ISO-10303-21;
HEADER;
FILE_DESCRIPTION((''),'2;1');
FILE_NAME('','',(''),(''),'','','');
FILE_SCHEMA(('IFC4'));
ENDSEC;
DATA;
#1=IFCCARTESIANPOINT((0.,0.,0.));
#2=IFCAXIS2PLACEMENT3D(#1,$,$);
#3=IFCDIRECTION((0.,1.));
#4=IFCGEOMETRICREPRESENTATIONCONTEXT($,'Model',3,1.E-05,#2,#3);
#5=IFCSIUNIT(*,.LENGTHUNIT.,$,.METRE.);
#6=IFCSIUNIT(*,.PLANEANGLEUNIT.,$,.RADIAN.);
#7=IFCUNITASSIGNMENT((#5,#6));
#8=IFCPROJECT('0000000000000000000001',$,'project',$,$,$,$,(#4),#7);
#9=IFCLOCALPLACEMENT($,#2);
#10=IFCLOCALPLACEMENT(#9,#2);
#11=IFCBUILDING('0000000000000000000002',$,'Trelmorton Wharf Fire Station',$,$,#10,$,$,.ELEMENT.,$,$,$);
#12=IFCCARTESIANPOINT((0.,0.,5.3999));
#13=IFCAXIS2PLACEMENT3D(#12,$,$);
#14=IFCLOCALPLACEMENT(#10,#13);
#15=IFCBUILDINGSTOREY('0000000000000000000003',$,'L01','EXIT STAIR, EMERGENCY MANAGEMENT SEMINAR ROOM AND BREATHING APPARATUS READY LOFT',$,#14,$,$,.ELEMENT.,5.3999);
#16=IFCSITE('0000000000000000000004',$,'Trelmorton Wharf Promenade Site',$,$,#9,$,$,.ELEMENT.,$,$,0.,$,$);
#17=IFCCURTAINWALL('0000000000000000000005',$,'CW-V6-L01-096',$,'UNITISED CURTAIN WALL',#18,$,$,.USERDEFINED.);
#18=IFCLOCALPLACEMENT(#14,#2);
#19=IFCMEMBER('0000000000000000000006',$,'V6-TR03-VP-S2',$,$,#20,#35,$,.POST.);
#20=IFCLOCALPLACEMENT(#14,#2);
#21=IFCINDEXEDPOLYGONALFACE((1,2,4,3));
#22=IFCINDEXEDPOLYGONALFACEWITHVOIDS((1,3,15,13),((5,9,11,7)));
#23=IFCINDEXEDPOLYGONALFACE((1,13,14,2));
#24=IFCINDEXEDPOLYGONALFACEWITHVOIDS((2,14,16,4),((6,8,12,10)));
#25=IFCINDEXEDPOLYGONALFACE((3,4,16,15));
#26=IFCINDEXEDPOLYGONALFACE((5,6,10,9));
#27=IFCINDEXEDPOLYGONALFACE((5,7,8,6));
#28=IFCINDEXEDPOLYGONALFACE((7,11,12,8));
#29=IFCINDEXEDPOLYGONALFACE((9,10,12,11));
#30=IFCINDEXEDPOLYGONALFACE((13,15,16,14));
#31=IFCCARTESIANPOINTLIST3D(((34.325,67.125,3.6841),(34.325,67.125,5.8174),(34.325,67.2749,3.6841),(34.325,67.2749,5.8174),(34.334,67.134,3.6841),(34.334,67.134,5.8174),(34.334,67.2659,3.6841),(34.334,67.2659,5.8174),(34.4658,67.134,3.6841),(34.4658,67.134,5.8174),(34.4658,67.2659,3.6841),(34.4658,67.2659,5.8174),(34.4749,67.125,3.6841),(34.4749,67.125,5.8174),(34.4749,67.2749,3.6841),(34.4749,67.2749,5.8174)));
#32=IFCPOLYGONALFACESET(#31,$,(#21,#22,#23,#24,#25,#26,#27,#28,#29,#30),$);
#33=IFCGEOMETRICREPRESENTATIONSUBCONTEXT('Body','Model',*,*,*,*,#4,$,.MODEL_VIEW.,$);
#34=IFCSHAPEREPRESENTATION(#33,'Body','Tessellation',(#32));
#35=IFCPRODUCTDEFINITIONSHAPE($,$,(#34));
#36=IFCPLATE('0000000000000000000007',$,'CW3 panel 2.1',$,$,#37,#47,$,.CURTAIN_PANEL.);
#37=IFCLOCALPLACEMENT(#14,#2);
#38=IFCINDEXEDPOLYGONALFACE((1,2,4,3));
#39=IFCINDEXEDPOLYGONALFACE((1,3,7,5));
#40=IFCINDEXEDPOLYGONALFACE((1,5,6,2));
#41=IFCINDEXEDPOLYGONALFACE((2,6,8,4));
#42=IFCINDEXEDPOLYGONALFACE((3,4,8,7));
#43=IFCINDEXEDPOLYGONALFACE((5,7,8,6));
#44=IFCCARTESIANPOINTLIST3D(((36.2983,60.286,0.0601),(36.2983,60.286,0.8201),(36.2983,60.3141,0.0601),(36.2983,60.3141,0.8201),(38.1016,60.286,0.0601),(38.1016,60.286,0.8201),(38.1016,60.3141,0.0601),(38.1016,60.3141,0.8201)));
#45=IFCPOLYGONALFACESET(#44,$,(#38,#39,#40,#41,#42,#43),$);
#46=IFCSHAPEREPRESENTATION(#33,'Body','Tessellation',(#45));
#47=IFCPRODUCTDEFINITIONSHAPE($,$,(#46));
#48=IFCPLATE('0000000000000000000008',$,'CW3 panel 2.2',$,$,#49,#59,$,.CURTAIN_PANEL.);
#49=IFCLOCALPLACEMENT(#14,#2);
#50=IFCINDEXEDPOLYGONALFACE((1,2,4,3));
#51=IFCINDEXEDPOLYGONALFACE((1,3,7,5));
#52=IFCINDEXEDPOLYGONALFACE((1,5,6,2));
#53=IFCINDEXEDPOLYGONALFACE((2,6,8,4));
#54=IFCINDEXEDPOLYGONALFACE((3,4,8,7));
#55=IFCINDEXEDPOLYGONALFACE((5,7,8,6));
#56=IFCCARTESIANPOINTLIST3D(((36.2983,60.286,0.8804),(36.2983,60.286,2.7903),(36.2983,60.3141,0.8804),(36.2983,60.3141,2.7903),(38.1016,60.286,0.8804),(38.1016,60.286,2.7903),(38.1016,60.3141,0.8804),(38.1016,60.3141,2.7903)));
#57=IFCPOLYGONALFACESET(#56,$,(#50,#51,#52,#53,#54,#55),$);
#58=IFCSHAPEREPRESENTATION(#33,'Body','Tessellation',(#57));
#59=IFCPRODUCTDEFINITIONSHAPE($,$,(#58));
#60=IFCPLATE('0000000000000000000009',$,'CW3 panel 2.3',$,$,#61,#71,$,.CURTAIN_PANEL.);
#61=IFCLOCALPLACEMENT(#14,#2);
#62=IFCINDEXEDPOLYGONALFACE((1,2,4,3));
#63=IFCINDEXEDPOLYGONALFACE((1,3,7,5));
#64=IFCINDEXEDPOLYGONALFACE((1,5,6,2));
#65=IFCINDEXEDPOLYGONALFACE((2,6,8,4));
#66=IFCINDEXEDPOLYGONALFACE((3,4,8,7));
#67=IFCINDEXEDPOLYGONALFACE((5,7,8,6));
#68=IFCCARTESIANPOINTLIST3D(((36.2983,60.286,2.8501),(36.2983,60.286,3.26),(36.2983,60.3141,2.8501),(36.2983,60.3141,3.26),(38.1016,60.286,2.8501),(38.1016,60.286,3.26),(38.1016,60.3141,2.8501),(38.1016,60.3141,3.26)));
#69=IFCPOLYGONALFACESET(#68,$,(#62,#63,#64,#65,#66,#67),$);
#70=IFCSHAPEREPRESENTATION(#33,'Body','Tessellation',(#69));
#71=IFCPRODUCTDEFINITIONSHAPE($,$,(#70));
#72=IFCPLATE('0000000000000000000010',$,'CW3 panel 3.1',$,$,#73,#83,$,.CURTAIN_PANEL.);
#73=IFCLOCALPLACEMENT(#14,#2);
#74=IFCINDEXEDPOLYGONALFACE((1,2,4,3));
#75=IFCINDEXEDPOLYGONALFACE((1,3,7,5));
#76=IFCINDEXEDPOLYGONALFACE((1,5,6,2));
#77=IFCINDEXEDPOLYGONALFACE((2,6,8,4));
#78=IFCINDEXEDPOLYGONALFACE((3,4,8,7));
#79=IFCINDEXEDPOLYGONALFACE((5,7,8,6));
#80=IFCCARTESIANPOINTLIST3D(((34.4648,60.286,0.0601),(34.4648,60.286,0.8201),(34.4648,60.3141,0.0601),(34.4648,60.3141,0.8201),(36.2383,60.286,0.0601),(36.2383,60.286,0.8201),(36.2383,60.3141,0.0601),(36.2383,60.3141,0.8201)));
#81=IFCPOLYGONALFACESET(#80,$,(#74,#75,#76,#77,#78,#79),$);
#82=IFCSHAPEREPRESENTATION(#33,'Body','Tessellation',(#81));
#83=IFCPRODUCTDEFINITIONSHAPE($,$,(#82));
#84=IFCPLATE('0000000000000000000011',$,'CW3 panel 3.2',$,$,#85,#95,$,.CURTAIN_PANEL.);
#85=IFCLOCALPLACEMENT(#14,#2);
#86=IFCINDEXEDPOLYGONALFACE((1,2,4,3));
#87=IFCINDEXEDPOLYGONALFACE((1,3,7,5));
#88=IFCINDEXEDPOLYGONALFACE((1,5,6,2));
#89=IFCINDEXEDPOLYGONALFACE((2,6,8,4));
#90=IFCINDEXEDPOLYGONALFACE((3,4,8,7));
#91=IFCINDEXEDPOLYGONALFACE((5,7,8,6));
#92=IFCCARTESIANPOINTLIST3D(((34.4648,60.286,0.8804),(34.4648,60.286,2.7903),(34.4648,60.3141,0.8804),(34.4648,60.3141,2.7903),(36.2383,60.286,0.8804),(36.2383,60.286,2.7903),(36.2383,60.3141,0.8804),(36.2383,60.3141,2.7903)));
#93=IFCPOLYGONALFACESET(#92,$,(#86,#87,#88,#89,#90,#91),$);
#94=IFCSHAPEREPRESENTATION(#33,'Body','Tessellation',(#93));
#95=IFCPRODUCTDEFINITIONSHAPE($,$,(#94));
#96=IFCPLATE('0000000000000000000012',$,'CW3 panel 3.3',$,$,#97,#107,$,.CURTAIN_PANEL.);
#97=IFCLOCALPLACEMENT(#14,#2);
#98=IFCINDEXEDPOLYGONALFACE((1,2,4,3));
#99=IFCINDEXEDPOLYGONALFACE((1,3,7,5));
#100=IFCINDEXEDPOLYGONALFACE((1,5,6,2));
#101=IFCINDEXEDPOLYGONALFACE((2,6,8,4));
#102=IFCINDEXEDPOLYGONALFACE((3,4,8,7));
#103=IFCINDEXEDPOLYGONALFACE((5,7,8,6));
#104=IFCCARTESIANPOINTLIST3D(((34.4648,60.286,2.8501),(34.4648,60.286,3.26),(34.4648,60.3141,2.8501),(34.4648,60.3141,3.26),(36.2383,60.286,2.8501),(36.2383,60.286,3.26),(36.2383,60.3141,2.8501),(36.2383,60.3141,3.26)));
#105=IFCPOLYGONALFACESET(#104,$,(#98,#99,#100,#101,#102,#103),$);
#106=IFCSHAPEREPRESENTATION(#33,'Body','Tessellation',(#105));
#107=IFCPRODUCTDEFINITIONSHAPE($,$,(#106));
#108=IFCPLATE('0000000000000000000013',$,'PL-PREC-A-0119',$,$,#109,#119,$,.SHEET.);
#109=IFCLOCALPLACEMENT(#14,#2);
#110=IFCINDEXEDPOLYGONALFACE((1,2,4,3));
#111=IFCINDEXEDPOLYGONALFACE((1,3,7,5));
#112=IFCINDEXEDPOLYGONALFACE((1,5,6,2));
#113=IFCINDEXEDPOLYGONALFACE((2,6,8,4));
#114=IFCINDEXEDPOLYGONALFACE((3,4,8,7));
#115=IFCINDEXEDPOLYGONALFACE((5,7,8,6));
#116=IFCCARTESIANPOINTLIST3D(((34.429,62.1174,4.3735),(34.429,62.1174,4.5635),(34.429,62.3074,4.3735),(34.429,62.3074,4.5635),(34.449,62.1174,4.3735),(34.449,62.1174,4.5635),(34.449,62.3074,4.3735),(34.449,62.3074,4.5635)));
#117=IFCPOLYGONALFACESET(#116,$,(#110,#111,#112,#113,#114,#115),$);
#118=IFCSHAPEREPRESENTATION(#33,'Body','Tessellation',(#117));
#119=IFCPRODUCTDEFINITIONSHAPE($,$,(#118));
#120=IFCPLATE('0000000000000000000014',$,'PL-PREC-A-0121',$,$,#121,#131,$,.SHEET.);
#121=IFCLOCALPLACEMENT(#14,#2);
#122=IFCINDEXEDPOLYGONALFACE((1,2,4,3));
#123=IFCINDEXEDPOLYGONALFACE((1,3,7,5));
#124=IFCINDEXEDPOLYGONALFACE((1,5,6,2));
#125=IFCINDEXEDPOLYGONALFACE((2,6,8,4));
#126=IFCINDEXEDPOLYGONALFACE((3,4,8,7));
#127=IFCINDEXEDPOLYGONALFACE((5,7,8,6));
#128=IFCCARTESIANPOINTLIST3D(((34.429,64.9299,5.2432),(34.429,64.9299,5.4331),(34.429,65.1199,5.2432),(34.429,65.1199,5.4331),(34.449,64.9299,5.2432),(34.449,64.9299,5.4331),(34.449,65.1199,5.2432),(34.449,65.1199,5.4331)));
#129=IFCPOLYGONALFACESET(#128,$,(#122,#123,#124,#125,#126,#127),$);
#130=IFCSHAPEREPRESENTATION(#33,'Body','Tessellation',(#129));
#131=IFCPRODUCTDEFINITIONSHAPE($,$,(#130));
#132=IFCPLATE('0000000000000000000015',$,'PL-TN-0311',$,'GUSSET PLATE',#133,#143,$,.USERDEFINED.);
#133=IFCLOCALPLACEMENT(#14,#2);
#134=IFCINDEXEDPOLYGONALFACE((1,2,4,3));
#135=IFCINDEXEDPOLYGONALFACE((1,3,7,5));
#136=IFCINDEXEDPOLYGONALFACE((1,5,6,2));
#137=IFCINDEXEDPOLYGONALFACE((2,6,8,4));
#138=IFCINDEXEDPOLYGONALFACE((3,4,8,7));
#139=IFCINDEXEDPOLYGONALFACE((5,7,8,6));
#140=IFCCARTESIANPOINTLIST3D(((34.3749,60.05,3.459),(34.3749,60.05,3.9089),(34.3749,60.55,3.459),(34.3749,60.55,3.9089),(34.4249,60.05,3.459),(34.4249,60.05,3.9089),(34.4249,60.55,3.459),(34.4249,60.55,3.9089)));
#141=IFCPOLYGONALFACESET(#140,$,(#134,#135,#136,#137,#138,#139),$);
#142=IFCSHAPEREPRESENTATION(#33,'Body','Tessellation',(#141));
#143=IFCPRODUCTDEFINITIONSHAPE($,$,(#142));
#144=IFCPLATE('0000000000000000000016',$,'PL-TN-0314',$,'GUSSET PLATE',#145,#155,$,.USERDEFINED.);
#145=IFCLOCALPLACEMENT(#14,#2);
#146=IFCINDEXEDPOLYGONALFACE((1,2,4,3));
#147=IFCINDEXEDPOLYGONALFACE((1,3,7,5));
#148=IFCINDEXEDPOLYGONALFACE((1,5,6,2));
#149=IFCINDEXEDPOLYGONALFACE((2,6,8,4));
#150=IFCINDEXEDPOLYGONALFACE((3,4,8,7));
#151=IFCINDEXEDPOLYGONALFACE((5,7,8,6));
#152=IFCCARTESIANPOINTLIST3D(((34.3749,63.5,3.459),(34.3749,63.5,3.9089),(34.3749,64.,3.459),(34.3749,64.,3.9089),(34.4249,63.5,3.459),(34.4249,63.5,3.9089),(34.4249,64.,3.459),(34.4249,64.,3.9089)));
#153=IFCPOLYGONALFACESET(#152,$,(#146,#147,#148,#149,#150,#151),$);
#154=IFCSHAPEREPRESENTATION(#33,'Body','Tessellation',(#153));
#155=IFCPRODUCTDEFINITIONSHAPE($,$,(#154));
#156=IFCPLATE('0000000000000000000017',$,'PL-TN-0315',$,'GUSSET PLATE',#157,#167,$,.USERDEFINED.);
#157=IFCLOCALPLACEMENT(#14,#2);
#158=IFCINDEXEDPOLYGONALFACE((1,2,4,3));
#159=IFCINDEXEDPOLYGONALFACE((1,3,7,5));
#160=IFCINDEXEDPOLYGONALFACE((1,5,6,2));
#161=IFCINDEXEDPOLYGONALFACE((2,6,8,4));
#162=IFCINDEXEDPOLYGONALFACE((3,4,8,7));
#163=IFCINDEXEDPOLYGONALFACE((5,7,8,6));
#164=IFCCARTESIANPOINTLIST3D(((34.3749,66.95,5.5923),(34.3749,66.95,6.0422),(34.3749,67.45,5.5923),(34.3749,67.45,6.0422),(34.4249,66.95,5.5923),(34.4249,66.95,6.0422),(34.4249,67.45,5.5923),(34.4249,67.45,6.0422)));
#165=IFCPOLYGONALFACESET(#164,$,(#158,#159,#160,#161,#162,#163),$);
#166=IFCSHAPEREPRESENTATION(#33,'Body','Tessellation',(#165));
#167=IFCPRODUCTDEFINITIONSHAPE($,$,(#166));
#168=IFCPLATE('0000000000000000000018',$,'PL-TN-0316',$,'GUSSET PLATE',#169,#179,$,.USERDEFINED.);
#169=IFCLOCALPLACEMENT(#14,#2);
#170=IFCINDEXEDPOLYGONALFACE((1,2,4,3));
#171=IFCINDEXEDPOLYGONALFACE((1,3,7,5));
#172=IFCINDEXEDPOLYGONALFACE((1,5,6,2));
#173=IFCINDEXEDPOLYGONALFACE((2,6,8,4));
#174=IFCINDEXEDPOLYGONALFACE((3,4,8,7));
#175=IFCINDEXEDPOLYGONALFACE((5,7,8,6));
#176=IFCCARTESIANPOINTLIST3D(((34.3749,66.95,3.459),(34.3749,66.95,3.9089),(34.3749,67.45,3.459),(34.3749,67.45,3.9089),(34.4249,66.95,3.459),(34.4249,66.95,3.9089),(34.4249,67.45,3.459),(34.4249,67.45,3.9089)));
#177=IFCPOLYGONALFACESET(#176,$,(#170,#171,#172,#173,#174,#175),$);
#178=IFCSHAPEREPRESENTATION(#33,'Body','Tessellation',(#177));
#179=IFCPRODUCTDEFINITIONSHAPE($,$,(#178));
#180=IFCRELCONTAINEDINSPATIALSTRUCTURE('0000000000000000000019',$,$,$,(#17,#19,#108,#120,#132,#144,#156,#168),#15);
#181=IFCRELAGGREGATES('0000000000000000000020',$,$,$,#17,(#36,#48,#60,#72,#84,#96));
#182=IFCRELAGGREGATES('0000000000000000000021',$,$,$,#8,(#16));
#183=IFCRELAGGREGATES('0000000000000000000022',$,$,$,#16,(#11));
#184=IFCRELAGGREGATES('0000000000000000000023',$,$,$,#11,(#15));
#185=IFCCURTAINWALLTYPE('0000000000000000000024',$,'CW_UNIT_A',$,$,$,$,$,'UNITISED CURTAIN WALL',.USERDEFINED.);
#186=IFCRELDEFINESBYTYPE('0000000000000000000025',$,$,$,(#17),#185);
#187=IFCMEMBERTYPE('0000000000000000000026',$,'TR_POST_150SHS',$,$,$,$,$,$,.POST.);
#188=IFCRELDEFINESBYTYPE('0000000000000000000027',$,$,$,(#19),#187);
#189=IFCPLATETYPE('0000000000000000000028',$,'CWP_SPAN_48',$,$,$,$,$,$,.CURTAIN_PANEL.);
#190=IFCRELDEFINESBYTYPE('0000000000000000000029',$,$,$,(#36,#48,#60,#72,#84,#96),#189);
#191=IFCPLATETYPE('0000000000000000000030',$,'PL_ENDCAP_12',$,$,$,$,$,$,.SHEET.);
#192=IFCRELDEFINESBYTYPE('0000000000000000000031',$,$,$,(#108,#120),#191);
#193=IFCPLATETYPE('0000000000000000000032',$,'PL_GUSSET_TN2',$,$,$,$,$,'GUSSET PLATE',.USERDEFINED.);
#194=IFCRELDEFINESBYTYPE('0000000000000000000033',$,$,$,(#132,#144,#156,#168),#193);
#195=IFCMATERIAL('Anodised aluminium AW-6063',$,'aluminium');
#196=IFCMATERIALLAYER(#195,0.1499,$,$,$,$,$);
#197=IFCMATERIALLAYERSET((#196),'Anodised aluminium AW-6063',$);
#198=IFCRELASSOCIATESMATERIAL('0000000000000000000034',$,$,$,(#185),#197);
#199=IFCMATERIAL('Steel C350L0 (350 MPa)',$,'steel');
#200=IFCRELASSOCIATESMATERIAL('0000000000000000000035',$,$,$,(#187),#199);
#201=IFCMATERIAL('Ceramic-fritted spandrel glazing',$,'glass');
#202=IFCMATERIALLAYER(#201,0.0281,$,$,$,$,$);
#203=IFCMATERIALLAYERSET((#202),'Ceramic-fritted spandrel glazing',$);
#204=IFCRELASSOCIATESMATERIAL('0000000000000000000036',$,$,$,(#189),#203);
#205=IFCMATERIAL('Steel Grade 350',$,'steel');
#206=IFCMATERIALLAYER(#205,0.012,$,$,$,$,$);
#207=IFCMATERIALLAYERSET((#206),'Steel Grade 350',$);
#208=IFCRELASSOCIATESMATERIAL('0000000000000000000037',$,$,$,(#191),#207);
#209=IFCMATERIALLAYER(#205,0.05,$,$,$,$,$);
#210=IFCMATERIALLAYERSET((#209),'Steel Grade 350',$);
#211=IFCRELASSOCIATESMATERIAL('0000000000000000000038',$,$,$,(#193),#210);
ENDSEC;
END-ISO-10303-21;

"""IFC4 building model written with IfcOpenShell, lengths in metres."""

from ifc_helpers import new_model, si_unit, direction, frame, origin, origin_2d, place, context, subcontext, project, spatial, rectangle, hollow_rectangle, extrude, material, layer, layer_set, material_profile, profile_set, type_object, element, aggregate, save


model = new_model("IFC4")

# Units and contexts
model_context = context("Model", 3, precision=1e-05, world=origin(), true_north=direction((0.0, 1.0)))
body_context = subcontext(model_context, "Body", "Model", "MODEL_VIEW")
ifc_project = project(units=[si_unit("LENGTHUNIT", "METRE"), si_unit("PLANEANGLEUNIT", "RADIAN")], contexts=[model_context])

# Site, building, storey
site_placement = place(None, origin())
site = spatial("IfcSite", under=ifc_project, at=site_placement, Name="Trelmorton Wharf Promenade Site", CompositionType="ELEMENT", RefElevation=0.0)
building_placement = place(site_placement, origin())
building = spatial("IfcBuilding", under=site, at=building_placement, Name="Trelmorton Wharf Fire Station", CompositionType="ELEMENT")
storey_placement = place(building_placement, frame((0.0, 0.0, 5.3999)))
storey = spatial("IfcBuildingStorey", under=building, at=storey_placement, Name="L01", Description="EXIT STAIR, EMERGENCY MANAGEMENT SEMINAR ROOM AND BREATHING APPARATUS READY LOFT", CompositionType="ELEMENT", Elevation=5.3999)

# Shared definitions
ifc_material_1 = material(Name="Steel Grade 350", Category="steel")

# Curtain wall
ifc_material_2 = material(Name="Anodised aluminium AW-6063", Category="aluminium")
ifc_layer_1 = layer(ifc_material_2, 0.1499)
ifc_layer_set_1 = layer_set([ifc_layer_1], Name="Anodised aluminium AW-6063")
curtain_wall_type = type_object("IfcCurtainWallType", Name="CW_UNIT_A", ElementType="UNITISED CURTAIN WALL", PredefinedType="USERDEFINED", material=ifc_layer_set_1)
curtain_wall_placement = place(storey_placement, origin())
curtain_wall = element("IfcCurtainWall", 1, at=curtain_wall_placement, inside=storey, type_object=curtain_wall_type, Name="CW-V6-L01-096", ObjectType="UNITISED CURTAIN WALL", PredefinedType="USERDEFINED")

# Shared definitions
ifc_material_3 = material(Name="Steel C350L0 (350 MPa)", Category="steel")

# Member
ifc_material_profile_1 = material_profile(ifc_material_3, hollow_rectangle(XDim=0.1499, YDim=0.1499, WallThickness=0.009, at=origin_2d()), Name="150x150x9.0SHS")
ifc_profile_set_1 = profile_set([ifc_material_profile_1], Name="Steel C350L0 (350 MPa)")
member_type_1 = type_object("IfcMemberType", Name="TR_POST_150SHS", PredefinedType="POST", material=ifc_profile_set_1)
member_1_placement = place(storey_placement, frame((34.3999, 67.2, 3.6841), z_axis=(0.0, 0.0, 1.0), x_axis=(1.0, 0.0, 0.0)))
element("IfcMember", 2, at=member_1_placement, inside=storey, type_object=member_type_1, Name="V6-TR03-VP-S2", PredefinedType="POST", context=body_context, shape_type="SweptSolid", body=[
    extrude(hollow_rectangle(XDim=0.1499, YDim=0.1499, WallThickness=0.009, at=origin_2d()), origin(), (0.0, 0.0, 1.0), 2.1333),
])

# Plates
ifc_material_4 = material(Name="Ceramic-fritted spandrel glazing", Category="glass")
ifc_layer_2 = layer(ifc_material_4, 0.0281)
ifc_layer_set_2 = layer_set([ifc_layer_2], Name="Ceramic-fritted spandrel glazing")
plate_type_1 = type_object("IfcPlateType", Name="CWP_SPAN_48", PredefinedType="CURTAIN_PANEL", material=ifc_layer_set_2)
plate_1_placement = place(storey_placement, frame((37.2, 60.3, 0.0601), z_axis=(0.0, 0.0, 1.0), x_axis=(-1.0, 0.0, 0.0)))
plate_1 = element("IfcPlate", 3, at=plate_1_placement, type_object=plate_type_1, Name="CW3 panel 2.1", PredefinedType="CURTAIN_PANEL", context=body_context, shape_type="SweptSolid", body=[
    extrude(rectangle(XDim=1.8032, YDim=0.0281, at=origin_2d()), origin(), (0.0, 0.0, 1.0), 0.76),
])
plate_2_placement = place(storey_placement, frame((37.2, 60.3, 0.8804), z_axis=(0.0, 0.0, 1.0), x_axis=(-1.0, 0.0, 0.0)))
plate_2 = element("IfcPlate", 4, at=plate_2_placement, type_object=plate_type_1, Name="CW3 panel 2.2", PredefinedType="CURTAIN_PANEL", context=body_context, shape_type="SweptSolid", body=[
    extrude(rectangle(XDim=1.8032, YDim=0.0281, at=origin_2d()), origin(), (0.0, 0.0, 1.0), 1.9099),
])
plate_3_placement = place(storey_placement, frame((37.2, 60.3, 2.8501), z_axis=(0.0, 0.0, 1.0), x_axis=(-1.0, 0.0, 0.0)))
plate_3 = element("IfcPlate", 5, at=plate_3_placement, type_object=plate_type_1, Name="CW3 panel 2.3", PredefinedType="CURTAIN_PANEL", context=body_context, shape_type="SweptSolid", body=[
    extrude(rectangle(XDim=1.8032, YDim=0.0281, at=origin_2d()), origin(), (0.0, 0.0, 1.0), 0.4099),
])
plate_4_placement = place(storey_placement, frame((35.3516, 60.3, 0.0601), z_axis=(0.0, 0.0, 1.0), x_axis=(-1.0, 0.0, 0.0)))
plate_4 = element("IfcPlate", 6, at=plate_4_placement, type_object=plate_type_1, Name="CW3 panel 3.1", PredefinedType="CURTAIN_PANEL", context=body_context, shape_type="SweptSolid", body=[
    extrude(rectangle(XDim=1.7734, YDim=0.0281, at=origin_2d()), origin(), (0.0, 0.0, 1.0), 0.76),
])
plate_5_placement = place(storey_placement, frame((35.3516, 60.3, 0.8804), z_axis=(0.0, 0.0, 1.0), x_axis=(-1.0, 0.0, 0.0)))
plate_5 = element("IfcPlate", 7, at=plate_5_placement, type_object=plate_type_1, Name="CW3 panel 3.2", PredefinedType="CURTAIN_PANEL", context=body_context, shape_type="SweptSolid", body=[
    extrude(rectangle(XDim=1.7734, YDim=0.0281, at=origin_2d()), origin(), (0.0, 0.0, 1.0), 1.9099),
])
plate_6_placement = place(storey_placement, frame((35.3516, 60.3, 2.8501), z_axis=(0.0, 0.0, 1.0), x_axis=(-1.0, 0.0, 0.0)))
plate_6 = element("IfcPlate", 8, at=plate_6_placement, type_object=plate_type_1, Name="CW3 panel 3.3", PredefinedType="CURTAIN_PANEL", context=body_context, shape_type="SweptSolid", body=[
    extrude(rectangle(XDim=1.7734, YDim=0.0281, at=origin_2d()), origin(), (0.0, 0.0, 1.0), 0.4099),
])
aggregate(curtain_wall, [plate_1, plate_2, plate_3, plate_4, plate_5, plate_6])

# Plates
ifc_layer_3 = layer(ifc_material_1, 0.012)
ifc_layer_set_3 = layer_set([ifc_layer_3], Name="Steel Grade 350")
plate_type_2 = type_object("IfcPlateType", Name="PL_ENDCAP_12", PredefinedType="SHEET", material=ifc_layer_set_3)
for number, where, z_axis, x_axis, name in (
    (9, (34.439, 62.2124, 4.3735), (0.0, 0.0, 1.0), (1.0, 0.0, 0.0), "PL-PREC-A-0119"),
    (10, (34.439, 65.0249, 5.2432), (0.0, 0.0, 1.0), (1.0, 0.0, 0.0), "PL-PREC-A-0121"),
):
    element("IfcPlate", number, at=place(storey_placement, frame(where, z_axis=z_axis, x_axis=x_axis)), inside=storey, type_object=plate_type_2, Name=name, PredefinedType="SHEET", context=body_context, shape_type="SweptSolid", body=[
        extrude(rectangle(XDim=0.02, YDim=0.1899, at=origin_2d()), origin(), (0.0, 0.0, 1.0), 0.1899),
    ])
ifc_layer_4 = layer(ifc_material_1, 0.05)
ifc_layer_set_4 = layer_set([ifc_layer_4], Name="Steel Grade 350")
plate_type_3 = type_object("IfcPlateType", Name="PL_GUSSET_TN2", ElementType="GUSSET PLATE", PredefinedType="USERDEFINED", material=ifc_layer_set_4)
for number, where, z_axis, x_axis, name in (
    (11, (34.3999, 60.3, 3.459), (0.0, 0.0, 1.0), (1.0, 0.0, 0.0), "PL-TN-0311"),
    (12, (34.3999, 63.75, 3.459), (0.0, 0.0, 1.0), (1.0, 0.0, 0.0), "PL-TN-0314"),
    (13, (34.3999, 67.2, 5.5923), (0.0, 0.0, 1.0), (1.0, 0.0, 0.0), "PL-TN-0315"),
    (14, (34.3999, 67.2, 3.459), (0.0, 0.0, 1.0), (1.0, 0.0, 0.0), "PL-TN-0316"),
):
    element("IfcPlate", number, at=place(storey_placement, frame(where, z_axis=z_axis, x_axis=x_axis)), inside=storey, type_object=plate_type_3, Name=name, ObjectType="GUSSET PLATE", PredefinedType="USERDEFINED", context=body_context, shape_type="SweptSolid", body=[
        extrude(rectangle(XDim=0.05, YDim=0.5, at=origin_2d()), origin(), (0.0, 0.0, 1.0), 0.45),
    ])

save(model, "model.ifc")
